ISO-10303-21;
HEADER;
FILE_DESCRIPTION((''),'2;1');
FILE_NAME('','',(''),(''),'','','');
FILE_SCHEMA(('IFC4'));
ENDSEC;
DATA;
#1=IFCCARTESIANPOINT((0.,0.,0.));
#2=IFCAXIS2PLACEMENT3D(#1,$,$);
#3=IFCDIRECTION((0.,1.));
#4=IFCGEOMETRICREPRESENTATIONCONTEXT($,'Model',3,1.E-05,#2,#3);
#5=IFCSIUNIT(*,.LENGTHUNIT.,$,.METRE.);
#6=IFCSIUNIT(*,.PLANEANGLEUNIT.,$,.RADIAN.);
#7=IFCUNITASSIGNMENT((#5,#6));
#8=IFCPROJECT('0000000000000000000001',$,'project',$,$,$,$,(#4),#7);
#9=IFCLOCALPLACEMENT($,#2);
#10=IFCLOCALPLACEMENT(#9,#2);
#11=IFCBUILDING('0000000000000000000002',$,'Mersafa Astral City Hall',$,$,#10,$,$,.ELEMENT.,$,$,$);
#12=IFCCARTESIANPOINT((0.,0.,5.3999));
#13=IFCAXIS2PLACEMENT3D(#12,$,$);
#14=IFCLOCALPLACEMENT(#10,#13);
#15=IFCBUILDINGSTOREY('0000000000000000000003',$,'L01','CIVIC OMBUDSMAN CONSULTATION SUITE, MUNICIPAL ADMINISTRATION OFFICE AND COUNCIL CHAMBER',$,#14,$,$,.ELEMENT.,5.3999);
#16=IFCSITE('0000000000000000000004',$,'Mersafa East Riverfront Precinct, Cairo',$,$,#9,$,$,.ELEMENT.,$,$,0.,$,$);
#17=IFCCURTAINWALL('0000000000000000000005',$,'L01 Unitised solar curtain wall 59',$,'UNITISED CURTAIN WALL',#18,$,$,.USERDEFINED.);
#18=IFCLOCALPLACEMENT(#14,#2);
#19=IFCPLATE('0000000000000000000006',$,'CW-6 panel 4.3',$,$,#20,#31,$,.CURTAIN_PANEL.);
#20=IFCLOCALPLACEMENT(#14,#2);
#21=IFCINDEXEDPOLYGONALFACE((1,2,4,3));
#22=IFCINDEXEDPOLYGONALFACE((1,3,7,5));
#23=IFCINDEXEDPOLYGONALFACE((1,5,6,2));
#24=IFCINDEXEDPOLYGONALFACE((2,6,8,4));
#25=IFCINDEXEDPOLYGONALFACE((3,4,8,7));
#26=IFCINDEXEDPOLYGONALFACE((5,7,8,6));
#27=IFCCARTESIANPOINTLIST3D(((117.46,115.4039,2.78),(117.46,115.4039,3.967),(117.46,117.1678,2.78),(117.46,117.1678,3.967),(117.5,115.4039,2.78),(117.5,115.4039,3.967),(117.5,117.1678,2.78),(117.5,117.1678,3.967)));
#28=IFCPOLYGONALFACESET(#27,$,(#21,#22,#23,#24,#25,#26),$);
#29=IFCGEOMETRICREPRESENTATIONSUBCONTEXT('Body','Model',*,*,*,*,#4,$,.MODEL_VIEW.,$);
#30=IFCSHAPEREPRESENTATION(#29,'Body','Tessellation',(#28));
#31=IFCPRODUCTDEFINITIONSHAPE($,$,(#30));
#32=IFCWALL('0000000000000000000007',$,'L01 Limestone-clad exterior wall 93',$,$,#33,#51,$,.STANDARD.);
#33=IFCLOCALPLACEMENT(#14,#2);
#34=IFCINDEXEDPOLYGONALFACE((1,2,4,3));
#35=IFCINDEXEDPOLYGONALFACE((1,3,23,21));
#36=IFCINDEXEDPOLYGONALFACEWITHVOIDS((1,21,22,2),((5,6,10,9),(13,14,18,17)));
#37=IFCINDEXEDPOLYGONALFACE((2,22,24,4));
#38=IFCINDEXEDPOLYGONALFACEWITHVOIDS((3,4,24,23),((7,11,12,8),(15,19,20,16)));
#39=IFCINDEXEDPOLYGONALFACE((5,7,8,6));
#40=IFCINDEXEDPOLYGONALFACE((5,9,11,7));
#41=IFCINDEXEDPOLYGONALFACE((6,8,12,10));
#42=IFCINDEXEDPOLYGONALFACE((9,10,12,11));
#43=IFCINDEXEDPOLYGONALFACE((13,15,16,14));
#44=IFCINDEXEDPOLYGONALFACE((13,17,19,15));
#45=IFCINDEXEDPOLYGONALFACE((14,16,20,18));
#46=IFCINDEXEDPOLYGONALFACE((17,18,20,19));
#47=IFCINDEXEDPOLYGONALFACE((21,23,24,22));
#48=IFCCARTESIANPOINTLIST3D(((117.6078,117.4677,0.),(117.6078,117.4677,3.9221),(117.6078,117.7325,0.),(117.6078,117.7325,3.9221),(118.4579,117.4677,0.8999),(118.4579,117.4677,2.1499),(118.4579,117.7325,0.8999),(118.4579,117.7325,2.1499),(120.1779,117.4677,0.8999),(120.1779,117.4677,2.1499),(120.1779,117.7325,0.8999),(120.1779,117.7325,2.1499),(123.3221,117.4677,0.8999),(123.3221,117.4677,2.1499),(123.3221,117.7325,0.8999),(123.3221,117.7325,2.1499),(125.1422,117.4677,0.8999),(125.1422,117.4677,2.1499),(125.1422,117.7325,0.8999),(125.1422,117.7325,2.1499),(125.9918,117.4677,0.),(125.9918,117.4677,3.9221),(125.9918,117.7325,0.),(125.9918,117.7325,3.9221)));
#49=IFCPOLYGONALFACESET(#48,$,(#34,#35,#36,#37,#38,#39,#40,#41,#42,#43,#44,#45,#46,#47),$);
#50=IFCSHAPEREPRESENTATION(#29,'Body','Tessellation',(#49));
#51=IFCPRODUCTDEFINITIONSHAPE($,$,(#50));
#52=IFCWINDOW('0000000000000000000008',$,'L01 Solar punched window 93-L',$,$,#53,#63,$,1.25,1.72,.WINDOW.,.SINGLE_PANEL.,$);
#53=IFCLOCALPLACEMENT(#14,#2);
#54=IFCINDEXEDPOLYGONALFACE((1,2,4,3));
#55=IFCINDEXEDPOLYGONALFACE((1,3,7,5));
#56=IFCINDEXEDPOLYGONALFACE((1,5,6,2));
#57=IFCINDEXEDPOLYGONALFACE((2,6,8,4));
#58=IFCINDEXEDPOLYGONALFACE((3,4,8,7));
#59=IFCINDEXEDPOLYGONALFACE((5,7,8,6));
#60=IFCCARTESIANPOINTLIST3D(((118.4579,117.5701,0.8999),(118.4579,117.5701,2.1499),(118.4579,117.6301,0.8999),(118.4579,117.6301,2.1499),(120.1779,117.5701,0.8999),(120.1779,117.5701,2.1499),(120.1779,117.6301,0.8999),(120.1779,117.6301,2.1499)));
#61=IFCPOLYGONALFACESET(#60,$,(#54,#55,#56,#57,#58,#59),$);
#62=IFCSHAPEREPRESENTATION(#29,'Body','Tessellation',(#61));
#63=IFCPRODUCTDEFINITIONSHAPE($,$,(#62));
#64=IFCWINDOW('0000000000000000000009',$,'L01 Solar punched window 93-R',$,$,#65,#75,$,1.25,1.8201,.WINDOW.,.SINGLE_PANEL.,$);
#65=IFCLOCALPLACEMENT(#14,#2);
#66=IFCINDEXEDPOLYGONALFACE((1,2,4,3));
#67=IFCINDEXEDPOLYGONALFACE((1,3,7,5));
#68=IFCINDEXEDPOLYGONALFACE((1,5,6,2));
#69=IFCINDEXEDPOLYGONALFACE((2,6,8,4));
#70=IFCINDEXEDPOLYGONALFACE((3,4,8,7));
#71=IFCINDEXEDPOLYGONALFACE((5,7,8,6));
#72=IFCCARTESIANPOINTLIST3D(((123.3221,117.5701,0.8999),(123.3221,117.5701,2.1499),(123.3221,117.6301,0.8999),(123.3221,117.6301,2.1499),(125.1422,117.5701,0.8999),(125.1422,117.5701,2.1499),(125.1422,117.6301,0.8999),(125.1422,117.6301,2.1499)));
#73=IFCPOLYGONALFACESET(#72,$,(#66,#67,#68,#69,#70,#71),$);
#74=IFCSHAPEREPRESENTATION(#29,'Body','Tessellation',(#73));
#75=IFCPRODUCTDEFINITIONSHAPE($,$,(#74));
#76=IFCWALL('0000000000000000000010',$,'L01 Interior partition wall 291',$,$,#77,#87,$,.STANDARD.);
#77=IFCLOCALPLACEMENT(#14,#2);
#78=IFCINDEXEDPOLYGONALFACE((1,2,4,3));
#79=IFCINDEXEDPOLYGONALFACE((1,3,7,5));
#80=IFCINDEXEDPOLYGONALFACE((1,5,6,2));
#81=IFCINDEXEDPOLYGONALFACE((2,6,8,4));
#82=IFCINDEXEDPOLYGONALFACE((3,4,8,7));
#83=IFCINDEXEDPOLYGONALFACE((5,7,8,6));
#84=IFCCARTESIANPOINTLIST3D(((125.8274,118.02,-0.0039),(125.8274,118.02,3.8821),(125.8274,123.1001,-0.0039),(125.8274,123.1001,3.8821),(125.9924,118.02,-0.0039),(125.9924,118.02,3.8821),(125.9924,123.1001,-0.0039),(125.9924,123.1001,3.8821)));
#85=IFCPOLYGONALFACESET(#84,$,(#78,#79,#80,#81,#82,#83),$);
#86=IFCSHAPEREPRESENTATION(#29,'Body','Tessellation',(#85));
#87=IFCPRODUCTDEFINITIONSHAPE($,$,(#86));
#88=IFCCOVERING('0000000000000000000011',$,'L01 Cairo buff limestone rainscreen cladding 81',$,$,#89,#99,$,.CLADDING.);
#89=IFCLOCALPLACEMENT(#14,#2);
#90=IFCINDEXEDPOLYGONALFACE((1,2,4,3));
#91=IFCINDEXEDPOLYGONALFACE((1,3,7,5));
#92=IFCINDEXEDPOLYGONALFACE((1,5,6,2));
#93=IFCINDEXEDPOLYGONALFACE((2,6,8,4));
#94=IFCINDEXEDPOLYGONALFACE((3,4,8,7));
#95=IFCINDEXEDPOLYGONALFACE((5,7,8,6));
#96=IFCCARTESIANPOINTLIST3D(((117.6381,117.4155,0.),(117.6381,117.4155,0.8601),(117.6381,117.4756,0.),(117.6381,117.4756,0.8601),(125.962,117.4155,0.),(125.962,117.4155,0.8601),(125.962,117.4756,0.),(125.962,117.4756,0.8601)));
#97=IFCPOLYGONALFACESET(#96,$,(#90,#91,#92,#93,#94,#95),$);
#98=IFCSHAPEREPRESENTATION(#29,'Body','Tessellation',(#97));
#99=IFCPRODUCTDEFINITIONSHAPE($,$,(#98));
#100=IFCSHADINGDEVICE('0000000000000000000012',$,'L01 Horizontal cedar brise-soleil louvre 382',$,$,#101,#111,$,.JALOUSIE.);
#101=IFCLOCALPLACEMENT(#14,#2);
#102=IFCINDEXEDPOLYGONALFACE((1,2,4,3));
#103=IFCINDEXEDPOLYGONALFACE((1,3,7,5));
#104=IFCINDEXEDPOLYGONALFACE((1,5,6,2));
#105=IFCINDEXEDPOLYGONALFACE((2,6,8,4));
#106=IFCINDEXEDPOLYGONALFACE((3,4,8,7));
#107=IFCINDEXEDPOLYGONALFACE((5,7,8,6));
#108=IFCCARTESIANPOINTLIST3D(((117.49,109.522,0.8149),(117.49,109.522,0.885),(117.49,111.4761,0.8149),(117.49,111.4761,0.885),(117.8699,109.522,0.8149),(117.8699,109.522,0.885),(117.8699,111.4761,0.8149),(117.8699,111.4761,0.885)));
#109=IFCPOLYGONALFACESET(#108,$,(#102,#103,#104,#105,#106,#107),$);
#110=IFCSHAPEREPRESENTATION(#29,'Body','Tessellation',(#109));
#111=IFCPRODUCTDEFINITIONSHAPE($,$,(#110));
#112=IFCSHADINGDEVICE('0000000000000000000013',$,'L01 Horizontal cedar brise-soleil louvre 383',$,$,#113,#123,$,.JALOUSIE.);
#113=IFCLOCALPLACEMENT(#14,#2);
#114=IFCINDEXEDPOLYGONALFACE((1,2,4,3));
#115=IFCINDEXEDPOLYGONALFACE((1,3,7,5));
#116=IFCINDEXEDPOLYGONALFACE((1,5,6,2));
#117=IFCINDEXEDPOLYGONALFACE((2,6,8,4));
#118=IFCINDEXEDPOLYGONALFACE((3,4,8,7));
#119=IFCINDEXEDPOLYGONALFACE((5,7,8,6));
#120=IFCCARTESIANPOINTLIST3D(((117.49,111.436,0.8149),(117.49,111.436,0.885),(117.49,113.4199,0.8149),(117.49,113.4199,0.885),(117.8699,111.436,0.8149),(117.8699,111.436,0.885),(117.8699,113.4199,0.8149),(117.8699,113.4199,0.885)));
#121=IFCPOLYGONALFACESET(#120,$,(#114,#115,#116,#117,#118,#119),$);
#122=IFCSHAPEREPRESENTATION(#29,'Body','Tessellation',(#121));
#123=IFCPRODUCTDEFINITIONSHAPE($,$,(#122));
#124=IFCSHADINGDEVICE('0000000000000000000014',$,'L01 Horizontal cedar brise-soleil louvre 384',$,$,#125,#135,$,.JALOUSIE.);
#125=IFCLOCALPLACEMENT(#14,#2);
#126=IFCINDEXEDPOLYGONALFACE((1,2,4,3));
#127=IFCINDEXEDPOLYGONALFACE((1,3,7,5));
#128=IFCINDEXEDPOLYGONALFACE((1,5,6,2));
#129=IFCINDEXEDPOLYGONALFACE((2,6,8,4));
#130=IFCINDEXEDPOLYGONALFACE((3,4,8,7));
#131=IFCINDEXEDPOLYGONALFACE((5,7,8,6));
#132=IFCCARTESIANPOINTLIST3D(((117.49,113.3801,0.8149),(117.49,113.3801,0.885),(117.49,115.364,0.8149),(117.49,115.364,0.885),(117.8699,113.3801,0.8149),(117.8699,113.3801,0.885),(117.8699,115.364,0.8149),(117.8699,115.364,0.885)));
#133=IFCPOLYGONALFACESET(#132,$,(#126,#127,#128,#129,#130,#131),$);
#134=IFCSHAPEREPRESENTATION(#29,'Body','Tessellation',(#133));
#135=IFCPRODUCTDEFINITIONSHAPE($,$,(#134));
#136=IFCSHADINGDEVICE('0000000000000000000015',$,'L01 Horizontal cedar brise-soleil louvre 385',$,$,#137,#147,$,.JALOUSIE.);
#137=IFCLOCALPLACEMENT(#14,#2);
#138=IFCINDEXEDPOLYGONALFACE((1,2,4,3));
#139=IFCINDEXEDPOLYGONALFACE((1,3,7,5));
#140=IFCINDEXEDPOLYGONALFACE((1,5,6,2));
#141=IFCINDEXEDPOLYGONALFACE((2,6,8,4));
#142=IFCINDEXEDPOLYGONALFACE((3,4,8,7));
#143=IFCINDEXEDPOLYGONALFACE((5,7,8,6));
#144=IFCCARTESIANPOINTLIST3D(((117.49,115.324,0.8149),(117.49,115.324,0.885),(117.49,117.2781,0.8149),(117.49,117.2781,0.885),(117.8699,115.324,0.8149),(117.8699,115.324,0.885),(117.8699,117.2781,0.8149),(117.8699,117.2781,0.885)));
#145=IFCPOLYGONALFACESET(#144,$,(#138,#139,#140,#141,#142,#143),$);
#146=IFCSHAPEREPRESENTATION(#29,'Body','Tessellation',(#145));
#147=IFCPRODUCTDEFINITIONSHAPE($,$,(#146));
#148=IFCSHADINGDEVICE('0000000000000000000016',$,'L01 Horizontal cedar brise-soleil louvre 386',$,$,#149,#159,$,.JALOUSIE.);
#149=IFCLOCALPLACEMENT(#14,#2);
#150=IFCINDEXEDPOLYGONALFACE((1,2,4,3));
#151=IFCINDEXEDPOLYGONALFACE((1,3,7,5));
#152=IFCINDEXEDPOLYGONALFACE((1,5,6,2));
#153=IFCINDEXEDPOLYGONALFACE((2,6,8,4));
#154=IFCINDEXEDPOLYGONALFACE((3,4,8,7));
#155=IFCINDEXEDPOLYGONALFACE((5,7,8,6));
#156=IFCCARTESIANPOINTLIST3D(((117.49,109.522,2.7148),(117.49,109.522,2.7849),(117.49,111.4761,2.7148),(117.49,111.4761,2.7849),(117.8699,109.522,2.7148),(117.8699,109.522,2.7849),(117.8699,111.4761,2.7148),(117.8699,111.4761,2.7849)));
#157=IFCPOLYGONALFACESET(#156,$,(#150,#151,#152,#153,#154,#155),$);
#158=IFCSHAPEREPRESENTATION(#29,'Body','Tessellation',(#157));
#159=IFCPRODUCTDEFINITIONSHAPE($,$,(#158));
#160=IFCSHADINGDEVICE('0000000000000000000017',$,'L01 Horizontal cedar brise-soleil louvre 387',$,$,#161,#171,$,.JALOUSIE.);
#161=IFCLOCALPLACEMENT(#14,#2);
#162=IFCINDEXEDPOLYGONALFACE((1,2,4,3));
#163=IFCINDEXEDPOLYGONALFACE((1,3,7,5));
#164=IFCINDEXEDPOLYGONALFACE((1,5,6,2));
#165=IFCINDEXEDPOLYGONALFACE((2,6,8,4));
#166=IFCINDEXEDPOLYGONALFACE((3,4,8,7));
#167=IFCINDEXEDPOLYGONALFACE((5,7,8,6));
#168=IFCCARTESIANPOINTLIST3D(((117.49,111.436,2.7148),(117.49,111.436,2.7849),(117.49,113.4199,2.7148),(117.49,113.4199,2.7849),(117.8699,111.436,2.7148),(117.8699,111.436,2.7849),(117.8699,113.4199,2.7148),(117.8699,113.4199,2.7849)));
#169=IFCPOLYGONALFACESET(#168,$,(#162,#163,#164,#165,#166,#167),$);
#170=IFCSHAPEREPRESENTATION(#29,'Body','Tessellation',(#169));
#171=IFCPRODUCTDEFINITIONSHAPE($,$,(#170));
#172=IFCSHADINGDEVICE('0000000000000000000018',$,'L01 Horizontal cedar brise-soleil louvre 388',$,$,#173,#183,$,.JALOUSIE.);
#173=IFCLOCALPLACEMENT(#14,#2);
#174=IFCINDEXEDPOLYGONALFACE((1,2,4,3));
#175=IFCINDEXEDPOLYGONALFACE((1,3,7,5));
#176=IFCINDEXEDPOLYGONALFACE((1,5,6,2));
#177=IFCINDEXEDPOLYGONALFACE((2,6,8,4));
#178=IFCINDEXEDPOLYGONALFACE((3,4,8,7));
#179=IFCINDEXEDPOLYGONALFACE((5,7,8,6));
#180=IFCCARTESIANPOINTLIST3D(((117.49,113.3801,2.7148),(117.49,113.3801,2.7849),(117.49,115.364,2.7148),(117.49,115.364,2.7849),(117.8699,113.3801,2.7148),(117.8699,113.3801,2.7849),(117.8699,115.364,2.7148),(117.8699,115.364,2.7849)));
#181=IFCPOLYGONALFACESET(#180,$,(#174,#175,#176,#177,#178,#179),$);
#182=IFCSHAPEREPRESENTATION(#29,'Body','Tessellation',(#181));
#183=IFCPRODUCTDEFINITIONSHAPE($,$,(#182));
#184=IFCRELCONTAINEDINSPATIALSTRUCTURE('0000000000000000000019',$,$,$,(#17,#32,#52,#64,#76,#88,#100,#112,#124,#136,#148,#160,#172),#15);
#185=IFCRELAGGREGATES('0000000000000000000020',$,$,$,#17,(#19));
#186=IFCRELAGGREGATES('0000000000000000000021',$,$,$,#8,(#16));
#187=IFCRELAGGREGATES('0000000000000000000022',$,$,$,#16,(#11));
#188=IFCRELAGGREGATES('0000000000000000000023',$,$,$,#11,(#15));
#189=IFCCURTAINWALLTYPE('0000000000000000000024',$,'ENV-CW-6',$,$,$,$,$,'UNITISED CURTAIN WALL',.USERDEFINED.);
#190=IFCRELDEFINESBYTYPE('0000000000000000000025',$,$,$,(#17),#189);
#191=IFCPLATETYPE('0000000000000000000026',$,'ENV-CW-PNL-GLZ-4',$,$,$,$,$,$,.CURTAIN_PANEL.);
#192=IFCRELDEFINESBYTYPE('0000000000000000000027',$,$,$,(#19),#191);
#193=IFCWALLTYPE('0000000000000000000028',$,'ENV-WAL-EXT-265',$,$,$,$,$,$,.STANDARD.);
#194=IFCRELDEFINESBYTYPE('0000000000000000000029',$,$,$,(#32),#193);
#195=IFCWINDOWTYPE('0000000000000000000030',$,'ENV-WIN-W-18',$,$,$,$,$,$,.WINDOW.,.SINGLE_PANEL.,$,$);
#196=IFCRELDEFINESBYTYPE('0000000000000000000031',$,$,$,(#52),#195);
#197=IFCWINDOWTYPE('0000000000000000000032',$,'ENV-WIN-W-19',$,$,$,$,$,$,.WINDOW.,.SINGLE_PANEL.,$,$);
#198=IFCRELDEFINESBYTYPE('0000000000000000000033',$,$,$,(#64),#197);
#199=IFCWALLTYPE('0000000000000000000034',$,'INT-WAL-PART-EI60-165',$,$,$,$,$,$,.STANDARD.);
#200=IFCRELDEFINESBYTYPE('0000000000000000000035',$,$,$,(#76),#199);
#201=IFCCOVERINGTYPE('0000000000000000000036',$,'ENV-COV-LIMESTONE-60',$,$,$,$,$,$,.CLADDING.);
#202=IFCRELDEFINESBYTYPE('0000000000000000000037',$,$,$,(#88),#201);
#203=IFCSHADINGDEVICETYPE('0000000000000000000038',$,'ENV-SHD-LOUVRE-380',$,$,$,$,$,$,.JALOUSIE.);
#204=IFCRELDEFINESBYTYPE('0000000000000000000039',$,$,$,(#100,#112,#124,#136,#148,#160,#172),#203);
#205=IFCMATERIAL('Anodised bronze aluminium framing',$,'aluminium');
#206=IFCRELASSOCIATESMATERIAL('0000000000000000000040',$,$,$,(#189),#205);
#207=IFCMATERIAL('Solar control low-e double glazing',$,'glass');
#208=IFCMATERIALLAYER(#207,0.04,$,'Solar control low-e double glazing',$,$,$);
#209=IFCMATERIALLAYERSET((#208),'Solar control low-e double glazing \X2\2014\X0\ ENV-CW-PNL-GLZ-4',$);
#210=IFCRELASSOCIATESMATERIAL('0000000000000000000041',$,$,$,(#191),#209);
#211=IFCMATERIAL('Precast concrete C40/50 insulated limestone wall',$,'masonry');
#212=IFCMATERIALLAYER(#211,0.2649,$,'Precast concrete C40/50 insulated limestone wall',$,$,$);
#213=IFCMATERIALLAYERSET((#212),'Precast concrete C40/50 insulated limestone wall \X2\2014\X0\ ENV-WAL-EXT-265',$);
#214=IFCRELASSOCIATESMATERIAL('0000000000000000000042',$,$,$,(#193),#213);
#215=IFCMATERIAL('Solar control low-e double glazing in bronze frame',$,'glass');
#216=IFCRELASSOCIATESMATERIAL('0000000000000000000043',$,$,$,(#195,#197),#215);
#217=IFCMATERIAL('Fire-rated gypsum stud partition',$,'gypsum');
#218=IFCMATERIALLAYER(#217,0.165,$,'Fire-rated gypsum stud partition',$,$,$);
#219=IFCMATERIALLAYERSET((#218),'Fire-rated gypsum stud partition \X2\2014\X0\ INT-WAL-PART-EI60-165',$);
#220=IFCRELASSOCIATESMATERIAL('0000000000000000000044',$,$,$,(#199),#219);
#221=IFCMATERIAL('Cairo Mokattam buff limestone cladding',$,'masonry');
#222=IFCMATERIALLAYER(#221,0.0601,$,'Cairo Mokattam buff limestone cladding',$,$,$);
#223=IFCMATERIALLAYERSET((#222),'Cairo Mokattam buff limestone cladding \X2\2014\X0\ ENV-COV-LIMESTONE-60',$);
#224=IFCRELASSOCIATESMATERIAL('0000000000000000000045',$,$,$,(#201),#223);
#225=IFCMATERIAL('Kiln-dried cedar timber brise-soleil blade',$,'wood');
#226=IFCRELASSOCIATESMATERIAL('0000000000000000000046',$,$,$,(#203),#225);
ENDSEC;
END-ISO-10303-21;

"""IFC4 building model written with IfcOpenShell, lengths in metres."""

from ifc_helpers import new_model, si_unit, direction, frame, frame_2d, origin, origin_2d, place, context, subcontext, project, spatial, rectangle, extrude, material, layer, layer_set, type_object, element, fill, aggregate, save


model = new_model("IFC4")

# Units and contexts
model_context = context("Model", 3, precision=1e-05, world=origin(), true_north=direction((0.0, 1.0)))
body_context = subcontext(model_context, "Body", "Model", "MODEL_VIEW")
ifc_project = project(units=[si_unit("LENGTHUNIT", "METRE"), si_unit("PLANEANGLEUNIT", "RADIAN")], contexts=[model_context])

# Site, building, storey
site_placement = place(None, origin())
site = spatial("IfcSite", under=ifc_project, at=site_placement, Name="Mersafa East Riverfront Precinct, Cairo", CompositionType="ELEMENT", RefElevation=0.0)
building_placement = place(site_placement, origin())
building = spatial("IfcBuilding", under=site, at=building_placement, Name="Mersafa Astral City Hall", CompositionType="ELEMENT")
storey_placement = place(building_placement, frame((0.0, 0.0, 5.3999)))
storey = spatial("IfcBuildingStorey", under=building, at=storey_placement, Name="L01", Description="CIVIC OMBUDSMAN CONSULTATION SUITE, MUNICIPAL ADMINISTRATION OFFICE AND COUNCIL CHAMBER", CompositionType="ELEMENT", Elevation=5.3999)

# Curtain wall
ifc_material_1 = material(Name="Anodised bronze aluminium framing", Category="aluminium")
curtain_wall_type_1 = type_object("IfcCurtainWallType", Name="ENV-CW-6", ElementType="UNITISED CURTAIN WALL", PredefinedType="USERDEFINED", material=ifc_material_1)
curtain_wall_1_placement = place(storey_placement, origin())
curtain_wall_1 = element("IfcCurtainWall", 1, at=curtain_wall_1_placement, inside=storey, type_object=curtain_wall_type_1, Name="L01 Unitised solar curtain wall 59", ObjectType="UNITISED CURTAIN WALL", PredefinedType="USERDEFINED")

# Plate
ifc_material_2 = material(Name="Solar control low-e double glazing", Category="glass")
ifc_layer_1 = layer(ifc_material_2, 0.04, Name="Solar control low-e double glazing")
ifc_layer_set_1 = layer_set([ifc_layer_1], Name="Solar control low-e double glazing — ENV-CW-PNL-GLZ-4")
plate_type_1 = type_object("IfcPlateType", Name="ENV-CW-PNL-GLZ-4", PredefinedType="CURTAIN_PANEL", material=ifc_layer_set_1)
plate_1_placement = place(storey_placement, frame((117.48, 116.2859, 2.78), z_axis=(0.0, 0.0, 1.0), x_axis=(0.0, 1.0, 0.0)))
plate_1 = element("IfcPlate", 2, at=plate_1_placement, type_object=plate_type_1, Name="CW-6 panel 4.3", PredefinedType="CURTAIN_PANEL", context=body_context, shape_type="SweptSolid", body=[
    extrude(rectangle(XDim=1.7639, YDim=0.04, at=origin_2d()), origin(), (0.0, 0.0, 1.0), 1.187),
])
aggregate(curtain_wall_1, [plate_1])

# Wall, openings, windows
ifc_material_3 = material(Name="Precast concrete C40/50 insulated limestone wall", Category="masonry")
ifc_layer_2 = layer(ifc_material_3, 0.2649, Name="Precast concrete C40/50 insulated limestone wall")
ifc_layer_set_2 = layer_set([ifc_layer_2], Name="Precast concrete C40/50 insulated limestone wall — ENV-WAL-EXT-265")
wall_type_1 = type_object("IfcWallType", Name="ENV-WAL-EXT-265", PredefinedType="STANDARD", material=ifc_layer_set_2)
wall_1_placement = place(storey_placement, frame((117.6079, 117.6001, 0.0), z_axis=(0.0, 0.0, 1.0), x_axis=(1.0, 0.0, 0.0)))
wall_1 = element("IfcWall", 3, at=wall_1_placement, inside=storey, type_object=wall_type_1, Name="L01 Limestone-clad exterior wall 93", PredefinedType="STANDARD", context=body_context, shape_type="SweptSolid", body=[
    extrude(rectangle(XDim=8.384, YDim=0.2649, at=frame_2d((4.1919, 0.0))), origin(), (0.0, 0.0, 1.0), 3.9221),
])
opening_1_placement = place(wall_1_placement, frame((0.8501, 0.0, 0.8999)))
opening_1 = element("IfcOpeningElement", 4, at=opening_1_placement, cuts=wall_1, PredefinedType="OPENING", context=body_context, shape_type="SweptSolid", body=[
    extrude(rectangle(XDim=1.72, YDim=1.25, at=frame_2d((0.8599, 0.625))), frame((0.0, 0.1423, 0.0), z_axis=(0.0, -1.0, 0.0), x_axis=(1.0, 0.0, 0.0)), (0.0, 0.0, 1.0), 0.2849),
])
opening_2_placement = place(wall_1_placement, frame((5.7141, 0.0, 0.8999)))
opening_2 = element("IfcOpeningElement", 5, at=opening_2_placement, cuts=wall_1, PredefinedType="OPENING", context=body_context, shape_type="SweptSolid", body=[
    extrude(rectangle(XDim=1.8201, YDim=1.25, at=frame_2d((0.9102, 0.625))), frame((0.0, 0.1423, 0.0), z_axis=(0.0, -1.0, 0.0), x_axis=(1.0, 0.0, 0.0)), (0.0, 0.0, 1.0), 0.2849),
])
ifc_material_4 = material(Name="Solar control low-e double glazing in bronze frame", Category="glass")
window_type_1 = type_object("IfcWindowType", Name="ENV-WIN-W-18", PartitioningType="SINGLE_PANEL", PredefinedType="WINDOW", material=ifc_material_4)
window_1_placement = place(opening_1_placement, origin())
window_1 = element("IfcWindow", 6, at=window_1_placement, inside=storey, type_object=window_type_1, Name="L01 Solar punched window 93-L", OverallHeight=1.25, OverallWidth=1.72, PartitioningType="SINGLE_PANEL", PredefinedType="WINDOW", context=body_context, shape_type="SweptSolid", body=[
    extrude(rectangle(XDim=1.72, YDim=1.25, at=frame_2d((0.8599, 0.625))), frame((0.0, 0.03, 0.0), z_axis=(0.0, -1.0, 0.0), x_axis=(1.0, 0.0, 0.0)), (0.0, 0.0, 1.0), 0.0601),
])
fill(opening_1, window_1)
window_type_2 = type_object("IfcWindowType", Name="ENV-WIN-W-19", PartitioningType="SINGLE_PANEL", PredefinedType="WINDOW", material=ifc_material_4)
window_2_placement = place(opening_2_placement, origin())
window_2 = element("IfcWindow", 7, at=window_2_placement, inside=storey, type_object=window_type_2, Name="L01 Solar punched window 93-R", OverallHeight=1.25, OverallWidth=1.8201, PartitioningType="SINGLE_PANEL", PredefinedType="WINDOW", context=body_context, shape_type="SweptSolid", body=[
    extrude(rectangle(XDim=1.8201, YDim=1.25, at=frame_2d((0.9102, 0.625))), frame((0.0, 0.03, 0.0), z_axis=(0.0, -1.0, 0.0), x_axis=(1.0, 0.0, 0.0)), (0.0, 0.0, 1.0), 0.0601),
])
fill(opening_2, window_2)

# Wall
ifc_material_5 = material(Name="Fire-rated gypsum stud partition", Category="gypsum")
ifc_layer_3 = layer(ifc_material_5, 0.165, Name="Fire-rated gypsum stud partition")
ifc_layer_set_3 = layer_set([ifc_layer_3], Name="Fire-rated gypsum stud partition — INT-WAL-PART-EI60-165")
wall_type_2 = type_object("IfcWallType", Name="INT-WAL-PART-EI60-165", PredefinedType="STANDARD", material=ifc_layer_set_3)
wall_2_placement = place(storey_placement, frame((125.9099, 123.1001, -0.0039), z_axis=(0.0, 0.0, 1.0), x_axis=(0.0, -1.0, 0.0)))
element("IfcWall", 8, at=wall_2_placement, inside=storey, type_object=wall_type_2, Name="L01 Interior partition wall 291", PredefinedType="STANDARD", context=body_context, shape_type="SweptSolid", body=[
    extrude(rectangle(XDim=5.0801, YDim=0.165, at=frame_2d((2.54, 0.0))), origin(), (0.0, 0.0, 1.0), 3.886),
])

# Covering
ifc_material_6 = material(Name="Cairo Mokattam buff limestone cladding", Category="masonry")
ifc_layer_4 = layer(ifc_material_6, 0.0601, Name="Cairo Mokattam buff limestone cladding")
ifc_layer_set_4 = layer_set([ifc_layer_4], Name="Cairo Mokattam buff limestone cladding — ENV-COV-LIMESTONE-60")
covering_type = type_object("IfcCoveringType", Name="ENV-COV-LIMESTONE-60", PredefinedType="CLADDING", material=ifc_layer_set_4)
covering_placement = place(storey_placement, frame((121.8, 117.4456, 0.0), z_axis=(0.0, 0.0, 1.0), x_axis=(1.0, 0.0, 0.0)))
element("IfcCovering", 9, at=covering_placement, inside=storey, type_object=covering_type, Name="L01 Cairo buff limestone rainscreen cladding 81", PredefinedType="CLADDING", context=body_context, shape_type="SweptSolid", body=[
    extrude(rectangle(XDim=8.324, YDim=0.0601, at=origin_2d()), origin(), (0.0, 0.0, 1.0), 0.8601),
])

# Shading devices
ifc_material_7 = material(Name="Kiln-dried cedar timber brise-soleil blade", Category="wood")
shading_device_type = type_object("IfcShadingDeviceType", Name="ENV-SHD-LOUVRE-380", PredefinedType="JALOUSIE", material=ifc_material_7)
shading_device_1_placement = place(storey_placement, frame((117.6799, 110.499, 0.8149), z_axis=(0.0, 0.0, 1.0), x_axis=(0.0, 1.0, 0.0)))
element("IfcShadingDevice", 10, at=shading_device_1_placement, inside=storey, type_object=shading_device_type, Name="L01 Horizontal cedar brise-soleil louvre 382", PredefinedType="JALOUSIE", context=body_context, shape_type="SweptSolid", body=[
    extrude(rectangle(XDim=1.9541, YDim=0.3799, at=origin_2d()), origin(), (0.0, 0.0, 1.0), 0.0701),
])
for number, where, z_axis, x_axis, name in (
    (11, (117.6799, 112.428, 0.8149), (0.0, 0.0, 1.0), (0.0, 1.0, 0.0), "L01 Horizontal cedar brise-soleil louvre 383"),
    (12, (117.6799, 114.3721, 0.8149), (0.0, 0.0, 1.0), (0.0, 1.0, 0.0), "L01 Horizontal cedar brise-soleil louvre 384"),
):
    element("IfcShadingDevice", number, at=place(storey_placement, frame(where, z_axis=z_axis, x_axis=x_axis)), inside=storey, type_object=shading_device_type, Name=name, PredefinedType="JALOUSIE", context=body_context, shape_type="SweptSolid", body=[
        extrude(rectangle(XDim=1.9839, YDim=0.3799, at=origin_2d()), origin(), (0.0, 0.0, 1.0), 0.0701),
    ])
for number, where, z_axis, x_axis, name in (
    (13, (117.6799, 116.301, 0.8149), (0.0, 0.0, 1.0), (0.0, 1.0, 0.0), "L01 Horizontal cedar brise-soleil louvre 385"),
    (14, (117.6799, 110.499, 2.7148), (0.0, 0.0, 1.0), (0.0, 1.0, 0.0), "L01 Horizontal cedar brise-soleil louvre 386"),
):
    element("IfcShadingDevice", number, at=place(storey_placement, frame(where, z_axis=z_axis, x_axis=x_axis)), inside=storey, type_object=shading_device_type, Name=name, PredefinedType="JALOUSIE", context=body_context, shape_type="SweptSolid", body=[
        extrude(rectangle(XDim=1.9541, YDim=0.3799, at=origin_2d()), origin(), (0.0, 0.0, 1.0), 0.0701),
    ])
for number, where, z_axis, x_axis, name in (
    (15, (117.6799, 112.428, 2.7148), (0.0, 0.0, 1.0), (0.0, 1.0, 0.0), "L01 Horizontal cedar brise-soleil louvre 387"),
    (16, (117.6799, 114.3721, 2.7148), (0.0, 0.0, 1.0), (0.0, 1.0, 0.0), "L01 Horizontal cedar brise-soleil louvre 388"),
):
    element("IfcShadingDevice", number, at=place(storey_placement, frame(where, z_axis=z_axis, x_axis=x_axis)), inside=storey, type_object=shading_device_type, Name=name, PredefinedType="JALOUSIE", context=body_context, shape_type="SweptSolid", body=[
        extrude(rectangle(XDim=1.9839, YDim=0.3799, at=origin_2d()), origin(), (0.0, 0.0, 1.0), 0.0701),
    ])

save(model, "model.ifc")
